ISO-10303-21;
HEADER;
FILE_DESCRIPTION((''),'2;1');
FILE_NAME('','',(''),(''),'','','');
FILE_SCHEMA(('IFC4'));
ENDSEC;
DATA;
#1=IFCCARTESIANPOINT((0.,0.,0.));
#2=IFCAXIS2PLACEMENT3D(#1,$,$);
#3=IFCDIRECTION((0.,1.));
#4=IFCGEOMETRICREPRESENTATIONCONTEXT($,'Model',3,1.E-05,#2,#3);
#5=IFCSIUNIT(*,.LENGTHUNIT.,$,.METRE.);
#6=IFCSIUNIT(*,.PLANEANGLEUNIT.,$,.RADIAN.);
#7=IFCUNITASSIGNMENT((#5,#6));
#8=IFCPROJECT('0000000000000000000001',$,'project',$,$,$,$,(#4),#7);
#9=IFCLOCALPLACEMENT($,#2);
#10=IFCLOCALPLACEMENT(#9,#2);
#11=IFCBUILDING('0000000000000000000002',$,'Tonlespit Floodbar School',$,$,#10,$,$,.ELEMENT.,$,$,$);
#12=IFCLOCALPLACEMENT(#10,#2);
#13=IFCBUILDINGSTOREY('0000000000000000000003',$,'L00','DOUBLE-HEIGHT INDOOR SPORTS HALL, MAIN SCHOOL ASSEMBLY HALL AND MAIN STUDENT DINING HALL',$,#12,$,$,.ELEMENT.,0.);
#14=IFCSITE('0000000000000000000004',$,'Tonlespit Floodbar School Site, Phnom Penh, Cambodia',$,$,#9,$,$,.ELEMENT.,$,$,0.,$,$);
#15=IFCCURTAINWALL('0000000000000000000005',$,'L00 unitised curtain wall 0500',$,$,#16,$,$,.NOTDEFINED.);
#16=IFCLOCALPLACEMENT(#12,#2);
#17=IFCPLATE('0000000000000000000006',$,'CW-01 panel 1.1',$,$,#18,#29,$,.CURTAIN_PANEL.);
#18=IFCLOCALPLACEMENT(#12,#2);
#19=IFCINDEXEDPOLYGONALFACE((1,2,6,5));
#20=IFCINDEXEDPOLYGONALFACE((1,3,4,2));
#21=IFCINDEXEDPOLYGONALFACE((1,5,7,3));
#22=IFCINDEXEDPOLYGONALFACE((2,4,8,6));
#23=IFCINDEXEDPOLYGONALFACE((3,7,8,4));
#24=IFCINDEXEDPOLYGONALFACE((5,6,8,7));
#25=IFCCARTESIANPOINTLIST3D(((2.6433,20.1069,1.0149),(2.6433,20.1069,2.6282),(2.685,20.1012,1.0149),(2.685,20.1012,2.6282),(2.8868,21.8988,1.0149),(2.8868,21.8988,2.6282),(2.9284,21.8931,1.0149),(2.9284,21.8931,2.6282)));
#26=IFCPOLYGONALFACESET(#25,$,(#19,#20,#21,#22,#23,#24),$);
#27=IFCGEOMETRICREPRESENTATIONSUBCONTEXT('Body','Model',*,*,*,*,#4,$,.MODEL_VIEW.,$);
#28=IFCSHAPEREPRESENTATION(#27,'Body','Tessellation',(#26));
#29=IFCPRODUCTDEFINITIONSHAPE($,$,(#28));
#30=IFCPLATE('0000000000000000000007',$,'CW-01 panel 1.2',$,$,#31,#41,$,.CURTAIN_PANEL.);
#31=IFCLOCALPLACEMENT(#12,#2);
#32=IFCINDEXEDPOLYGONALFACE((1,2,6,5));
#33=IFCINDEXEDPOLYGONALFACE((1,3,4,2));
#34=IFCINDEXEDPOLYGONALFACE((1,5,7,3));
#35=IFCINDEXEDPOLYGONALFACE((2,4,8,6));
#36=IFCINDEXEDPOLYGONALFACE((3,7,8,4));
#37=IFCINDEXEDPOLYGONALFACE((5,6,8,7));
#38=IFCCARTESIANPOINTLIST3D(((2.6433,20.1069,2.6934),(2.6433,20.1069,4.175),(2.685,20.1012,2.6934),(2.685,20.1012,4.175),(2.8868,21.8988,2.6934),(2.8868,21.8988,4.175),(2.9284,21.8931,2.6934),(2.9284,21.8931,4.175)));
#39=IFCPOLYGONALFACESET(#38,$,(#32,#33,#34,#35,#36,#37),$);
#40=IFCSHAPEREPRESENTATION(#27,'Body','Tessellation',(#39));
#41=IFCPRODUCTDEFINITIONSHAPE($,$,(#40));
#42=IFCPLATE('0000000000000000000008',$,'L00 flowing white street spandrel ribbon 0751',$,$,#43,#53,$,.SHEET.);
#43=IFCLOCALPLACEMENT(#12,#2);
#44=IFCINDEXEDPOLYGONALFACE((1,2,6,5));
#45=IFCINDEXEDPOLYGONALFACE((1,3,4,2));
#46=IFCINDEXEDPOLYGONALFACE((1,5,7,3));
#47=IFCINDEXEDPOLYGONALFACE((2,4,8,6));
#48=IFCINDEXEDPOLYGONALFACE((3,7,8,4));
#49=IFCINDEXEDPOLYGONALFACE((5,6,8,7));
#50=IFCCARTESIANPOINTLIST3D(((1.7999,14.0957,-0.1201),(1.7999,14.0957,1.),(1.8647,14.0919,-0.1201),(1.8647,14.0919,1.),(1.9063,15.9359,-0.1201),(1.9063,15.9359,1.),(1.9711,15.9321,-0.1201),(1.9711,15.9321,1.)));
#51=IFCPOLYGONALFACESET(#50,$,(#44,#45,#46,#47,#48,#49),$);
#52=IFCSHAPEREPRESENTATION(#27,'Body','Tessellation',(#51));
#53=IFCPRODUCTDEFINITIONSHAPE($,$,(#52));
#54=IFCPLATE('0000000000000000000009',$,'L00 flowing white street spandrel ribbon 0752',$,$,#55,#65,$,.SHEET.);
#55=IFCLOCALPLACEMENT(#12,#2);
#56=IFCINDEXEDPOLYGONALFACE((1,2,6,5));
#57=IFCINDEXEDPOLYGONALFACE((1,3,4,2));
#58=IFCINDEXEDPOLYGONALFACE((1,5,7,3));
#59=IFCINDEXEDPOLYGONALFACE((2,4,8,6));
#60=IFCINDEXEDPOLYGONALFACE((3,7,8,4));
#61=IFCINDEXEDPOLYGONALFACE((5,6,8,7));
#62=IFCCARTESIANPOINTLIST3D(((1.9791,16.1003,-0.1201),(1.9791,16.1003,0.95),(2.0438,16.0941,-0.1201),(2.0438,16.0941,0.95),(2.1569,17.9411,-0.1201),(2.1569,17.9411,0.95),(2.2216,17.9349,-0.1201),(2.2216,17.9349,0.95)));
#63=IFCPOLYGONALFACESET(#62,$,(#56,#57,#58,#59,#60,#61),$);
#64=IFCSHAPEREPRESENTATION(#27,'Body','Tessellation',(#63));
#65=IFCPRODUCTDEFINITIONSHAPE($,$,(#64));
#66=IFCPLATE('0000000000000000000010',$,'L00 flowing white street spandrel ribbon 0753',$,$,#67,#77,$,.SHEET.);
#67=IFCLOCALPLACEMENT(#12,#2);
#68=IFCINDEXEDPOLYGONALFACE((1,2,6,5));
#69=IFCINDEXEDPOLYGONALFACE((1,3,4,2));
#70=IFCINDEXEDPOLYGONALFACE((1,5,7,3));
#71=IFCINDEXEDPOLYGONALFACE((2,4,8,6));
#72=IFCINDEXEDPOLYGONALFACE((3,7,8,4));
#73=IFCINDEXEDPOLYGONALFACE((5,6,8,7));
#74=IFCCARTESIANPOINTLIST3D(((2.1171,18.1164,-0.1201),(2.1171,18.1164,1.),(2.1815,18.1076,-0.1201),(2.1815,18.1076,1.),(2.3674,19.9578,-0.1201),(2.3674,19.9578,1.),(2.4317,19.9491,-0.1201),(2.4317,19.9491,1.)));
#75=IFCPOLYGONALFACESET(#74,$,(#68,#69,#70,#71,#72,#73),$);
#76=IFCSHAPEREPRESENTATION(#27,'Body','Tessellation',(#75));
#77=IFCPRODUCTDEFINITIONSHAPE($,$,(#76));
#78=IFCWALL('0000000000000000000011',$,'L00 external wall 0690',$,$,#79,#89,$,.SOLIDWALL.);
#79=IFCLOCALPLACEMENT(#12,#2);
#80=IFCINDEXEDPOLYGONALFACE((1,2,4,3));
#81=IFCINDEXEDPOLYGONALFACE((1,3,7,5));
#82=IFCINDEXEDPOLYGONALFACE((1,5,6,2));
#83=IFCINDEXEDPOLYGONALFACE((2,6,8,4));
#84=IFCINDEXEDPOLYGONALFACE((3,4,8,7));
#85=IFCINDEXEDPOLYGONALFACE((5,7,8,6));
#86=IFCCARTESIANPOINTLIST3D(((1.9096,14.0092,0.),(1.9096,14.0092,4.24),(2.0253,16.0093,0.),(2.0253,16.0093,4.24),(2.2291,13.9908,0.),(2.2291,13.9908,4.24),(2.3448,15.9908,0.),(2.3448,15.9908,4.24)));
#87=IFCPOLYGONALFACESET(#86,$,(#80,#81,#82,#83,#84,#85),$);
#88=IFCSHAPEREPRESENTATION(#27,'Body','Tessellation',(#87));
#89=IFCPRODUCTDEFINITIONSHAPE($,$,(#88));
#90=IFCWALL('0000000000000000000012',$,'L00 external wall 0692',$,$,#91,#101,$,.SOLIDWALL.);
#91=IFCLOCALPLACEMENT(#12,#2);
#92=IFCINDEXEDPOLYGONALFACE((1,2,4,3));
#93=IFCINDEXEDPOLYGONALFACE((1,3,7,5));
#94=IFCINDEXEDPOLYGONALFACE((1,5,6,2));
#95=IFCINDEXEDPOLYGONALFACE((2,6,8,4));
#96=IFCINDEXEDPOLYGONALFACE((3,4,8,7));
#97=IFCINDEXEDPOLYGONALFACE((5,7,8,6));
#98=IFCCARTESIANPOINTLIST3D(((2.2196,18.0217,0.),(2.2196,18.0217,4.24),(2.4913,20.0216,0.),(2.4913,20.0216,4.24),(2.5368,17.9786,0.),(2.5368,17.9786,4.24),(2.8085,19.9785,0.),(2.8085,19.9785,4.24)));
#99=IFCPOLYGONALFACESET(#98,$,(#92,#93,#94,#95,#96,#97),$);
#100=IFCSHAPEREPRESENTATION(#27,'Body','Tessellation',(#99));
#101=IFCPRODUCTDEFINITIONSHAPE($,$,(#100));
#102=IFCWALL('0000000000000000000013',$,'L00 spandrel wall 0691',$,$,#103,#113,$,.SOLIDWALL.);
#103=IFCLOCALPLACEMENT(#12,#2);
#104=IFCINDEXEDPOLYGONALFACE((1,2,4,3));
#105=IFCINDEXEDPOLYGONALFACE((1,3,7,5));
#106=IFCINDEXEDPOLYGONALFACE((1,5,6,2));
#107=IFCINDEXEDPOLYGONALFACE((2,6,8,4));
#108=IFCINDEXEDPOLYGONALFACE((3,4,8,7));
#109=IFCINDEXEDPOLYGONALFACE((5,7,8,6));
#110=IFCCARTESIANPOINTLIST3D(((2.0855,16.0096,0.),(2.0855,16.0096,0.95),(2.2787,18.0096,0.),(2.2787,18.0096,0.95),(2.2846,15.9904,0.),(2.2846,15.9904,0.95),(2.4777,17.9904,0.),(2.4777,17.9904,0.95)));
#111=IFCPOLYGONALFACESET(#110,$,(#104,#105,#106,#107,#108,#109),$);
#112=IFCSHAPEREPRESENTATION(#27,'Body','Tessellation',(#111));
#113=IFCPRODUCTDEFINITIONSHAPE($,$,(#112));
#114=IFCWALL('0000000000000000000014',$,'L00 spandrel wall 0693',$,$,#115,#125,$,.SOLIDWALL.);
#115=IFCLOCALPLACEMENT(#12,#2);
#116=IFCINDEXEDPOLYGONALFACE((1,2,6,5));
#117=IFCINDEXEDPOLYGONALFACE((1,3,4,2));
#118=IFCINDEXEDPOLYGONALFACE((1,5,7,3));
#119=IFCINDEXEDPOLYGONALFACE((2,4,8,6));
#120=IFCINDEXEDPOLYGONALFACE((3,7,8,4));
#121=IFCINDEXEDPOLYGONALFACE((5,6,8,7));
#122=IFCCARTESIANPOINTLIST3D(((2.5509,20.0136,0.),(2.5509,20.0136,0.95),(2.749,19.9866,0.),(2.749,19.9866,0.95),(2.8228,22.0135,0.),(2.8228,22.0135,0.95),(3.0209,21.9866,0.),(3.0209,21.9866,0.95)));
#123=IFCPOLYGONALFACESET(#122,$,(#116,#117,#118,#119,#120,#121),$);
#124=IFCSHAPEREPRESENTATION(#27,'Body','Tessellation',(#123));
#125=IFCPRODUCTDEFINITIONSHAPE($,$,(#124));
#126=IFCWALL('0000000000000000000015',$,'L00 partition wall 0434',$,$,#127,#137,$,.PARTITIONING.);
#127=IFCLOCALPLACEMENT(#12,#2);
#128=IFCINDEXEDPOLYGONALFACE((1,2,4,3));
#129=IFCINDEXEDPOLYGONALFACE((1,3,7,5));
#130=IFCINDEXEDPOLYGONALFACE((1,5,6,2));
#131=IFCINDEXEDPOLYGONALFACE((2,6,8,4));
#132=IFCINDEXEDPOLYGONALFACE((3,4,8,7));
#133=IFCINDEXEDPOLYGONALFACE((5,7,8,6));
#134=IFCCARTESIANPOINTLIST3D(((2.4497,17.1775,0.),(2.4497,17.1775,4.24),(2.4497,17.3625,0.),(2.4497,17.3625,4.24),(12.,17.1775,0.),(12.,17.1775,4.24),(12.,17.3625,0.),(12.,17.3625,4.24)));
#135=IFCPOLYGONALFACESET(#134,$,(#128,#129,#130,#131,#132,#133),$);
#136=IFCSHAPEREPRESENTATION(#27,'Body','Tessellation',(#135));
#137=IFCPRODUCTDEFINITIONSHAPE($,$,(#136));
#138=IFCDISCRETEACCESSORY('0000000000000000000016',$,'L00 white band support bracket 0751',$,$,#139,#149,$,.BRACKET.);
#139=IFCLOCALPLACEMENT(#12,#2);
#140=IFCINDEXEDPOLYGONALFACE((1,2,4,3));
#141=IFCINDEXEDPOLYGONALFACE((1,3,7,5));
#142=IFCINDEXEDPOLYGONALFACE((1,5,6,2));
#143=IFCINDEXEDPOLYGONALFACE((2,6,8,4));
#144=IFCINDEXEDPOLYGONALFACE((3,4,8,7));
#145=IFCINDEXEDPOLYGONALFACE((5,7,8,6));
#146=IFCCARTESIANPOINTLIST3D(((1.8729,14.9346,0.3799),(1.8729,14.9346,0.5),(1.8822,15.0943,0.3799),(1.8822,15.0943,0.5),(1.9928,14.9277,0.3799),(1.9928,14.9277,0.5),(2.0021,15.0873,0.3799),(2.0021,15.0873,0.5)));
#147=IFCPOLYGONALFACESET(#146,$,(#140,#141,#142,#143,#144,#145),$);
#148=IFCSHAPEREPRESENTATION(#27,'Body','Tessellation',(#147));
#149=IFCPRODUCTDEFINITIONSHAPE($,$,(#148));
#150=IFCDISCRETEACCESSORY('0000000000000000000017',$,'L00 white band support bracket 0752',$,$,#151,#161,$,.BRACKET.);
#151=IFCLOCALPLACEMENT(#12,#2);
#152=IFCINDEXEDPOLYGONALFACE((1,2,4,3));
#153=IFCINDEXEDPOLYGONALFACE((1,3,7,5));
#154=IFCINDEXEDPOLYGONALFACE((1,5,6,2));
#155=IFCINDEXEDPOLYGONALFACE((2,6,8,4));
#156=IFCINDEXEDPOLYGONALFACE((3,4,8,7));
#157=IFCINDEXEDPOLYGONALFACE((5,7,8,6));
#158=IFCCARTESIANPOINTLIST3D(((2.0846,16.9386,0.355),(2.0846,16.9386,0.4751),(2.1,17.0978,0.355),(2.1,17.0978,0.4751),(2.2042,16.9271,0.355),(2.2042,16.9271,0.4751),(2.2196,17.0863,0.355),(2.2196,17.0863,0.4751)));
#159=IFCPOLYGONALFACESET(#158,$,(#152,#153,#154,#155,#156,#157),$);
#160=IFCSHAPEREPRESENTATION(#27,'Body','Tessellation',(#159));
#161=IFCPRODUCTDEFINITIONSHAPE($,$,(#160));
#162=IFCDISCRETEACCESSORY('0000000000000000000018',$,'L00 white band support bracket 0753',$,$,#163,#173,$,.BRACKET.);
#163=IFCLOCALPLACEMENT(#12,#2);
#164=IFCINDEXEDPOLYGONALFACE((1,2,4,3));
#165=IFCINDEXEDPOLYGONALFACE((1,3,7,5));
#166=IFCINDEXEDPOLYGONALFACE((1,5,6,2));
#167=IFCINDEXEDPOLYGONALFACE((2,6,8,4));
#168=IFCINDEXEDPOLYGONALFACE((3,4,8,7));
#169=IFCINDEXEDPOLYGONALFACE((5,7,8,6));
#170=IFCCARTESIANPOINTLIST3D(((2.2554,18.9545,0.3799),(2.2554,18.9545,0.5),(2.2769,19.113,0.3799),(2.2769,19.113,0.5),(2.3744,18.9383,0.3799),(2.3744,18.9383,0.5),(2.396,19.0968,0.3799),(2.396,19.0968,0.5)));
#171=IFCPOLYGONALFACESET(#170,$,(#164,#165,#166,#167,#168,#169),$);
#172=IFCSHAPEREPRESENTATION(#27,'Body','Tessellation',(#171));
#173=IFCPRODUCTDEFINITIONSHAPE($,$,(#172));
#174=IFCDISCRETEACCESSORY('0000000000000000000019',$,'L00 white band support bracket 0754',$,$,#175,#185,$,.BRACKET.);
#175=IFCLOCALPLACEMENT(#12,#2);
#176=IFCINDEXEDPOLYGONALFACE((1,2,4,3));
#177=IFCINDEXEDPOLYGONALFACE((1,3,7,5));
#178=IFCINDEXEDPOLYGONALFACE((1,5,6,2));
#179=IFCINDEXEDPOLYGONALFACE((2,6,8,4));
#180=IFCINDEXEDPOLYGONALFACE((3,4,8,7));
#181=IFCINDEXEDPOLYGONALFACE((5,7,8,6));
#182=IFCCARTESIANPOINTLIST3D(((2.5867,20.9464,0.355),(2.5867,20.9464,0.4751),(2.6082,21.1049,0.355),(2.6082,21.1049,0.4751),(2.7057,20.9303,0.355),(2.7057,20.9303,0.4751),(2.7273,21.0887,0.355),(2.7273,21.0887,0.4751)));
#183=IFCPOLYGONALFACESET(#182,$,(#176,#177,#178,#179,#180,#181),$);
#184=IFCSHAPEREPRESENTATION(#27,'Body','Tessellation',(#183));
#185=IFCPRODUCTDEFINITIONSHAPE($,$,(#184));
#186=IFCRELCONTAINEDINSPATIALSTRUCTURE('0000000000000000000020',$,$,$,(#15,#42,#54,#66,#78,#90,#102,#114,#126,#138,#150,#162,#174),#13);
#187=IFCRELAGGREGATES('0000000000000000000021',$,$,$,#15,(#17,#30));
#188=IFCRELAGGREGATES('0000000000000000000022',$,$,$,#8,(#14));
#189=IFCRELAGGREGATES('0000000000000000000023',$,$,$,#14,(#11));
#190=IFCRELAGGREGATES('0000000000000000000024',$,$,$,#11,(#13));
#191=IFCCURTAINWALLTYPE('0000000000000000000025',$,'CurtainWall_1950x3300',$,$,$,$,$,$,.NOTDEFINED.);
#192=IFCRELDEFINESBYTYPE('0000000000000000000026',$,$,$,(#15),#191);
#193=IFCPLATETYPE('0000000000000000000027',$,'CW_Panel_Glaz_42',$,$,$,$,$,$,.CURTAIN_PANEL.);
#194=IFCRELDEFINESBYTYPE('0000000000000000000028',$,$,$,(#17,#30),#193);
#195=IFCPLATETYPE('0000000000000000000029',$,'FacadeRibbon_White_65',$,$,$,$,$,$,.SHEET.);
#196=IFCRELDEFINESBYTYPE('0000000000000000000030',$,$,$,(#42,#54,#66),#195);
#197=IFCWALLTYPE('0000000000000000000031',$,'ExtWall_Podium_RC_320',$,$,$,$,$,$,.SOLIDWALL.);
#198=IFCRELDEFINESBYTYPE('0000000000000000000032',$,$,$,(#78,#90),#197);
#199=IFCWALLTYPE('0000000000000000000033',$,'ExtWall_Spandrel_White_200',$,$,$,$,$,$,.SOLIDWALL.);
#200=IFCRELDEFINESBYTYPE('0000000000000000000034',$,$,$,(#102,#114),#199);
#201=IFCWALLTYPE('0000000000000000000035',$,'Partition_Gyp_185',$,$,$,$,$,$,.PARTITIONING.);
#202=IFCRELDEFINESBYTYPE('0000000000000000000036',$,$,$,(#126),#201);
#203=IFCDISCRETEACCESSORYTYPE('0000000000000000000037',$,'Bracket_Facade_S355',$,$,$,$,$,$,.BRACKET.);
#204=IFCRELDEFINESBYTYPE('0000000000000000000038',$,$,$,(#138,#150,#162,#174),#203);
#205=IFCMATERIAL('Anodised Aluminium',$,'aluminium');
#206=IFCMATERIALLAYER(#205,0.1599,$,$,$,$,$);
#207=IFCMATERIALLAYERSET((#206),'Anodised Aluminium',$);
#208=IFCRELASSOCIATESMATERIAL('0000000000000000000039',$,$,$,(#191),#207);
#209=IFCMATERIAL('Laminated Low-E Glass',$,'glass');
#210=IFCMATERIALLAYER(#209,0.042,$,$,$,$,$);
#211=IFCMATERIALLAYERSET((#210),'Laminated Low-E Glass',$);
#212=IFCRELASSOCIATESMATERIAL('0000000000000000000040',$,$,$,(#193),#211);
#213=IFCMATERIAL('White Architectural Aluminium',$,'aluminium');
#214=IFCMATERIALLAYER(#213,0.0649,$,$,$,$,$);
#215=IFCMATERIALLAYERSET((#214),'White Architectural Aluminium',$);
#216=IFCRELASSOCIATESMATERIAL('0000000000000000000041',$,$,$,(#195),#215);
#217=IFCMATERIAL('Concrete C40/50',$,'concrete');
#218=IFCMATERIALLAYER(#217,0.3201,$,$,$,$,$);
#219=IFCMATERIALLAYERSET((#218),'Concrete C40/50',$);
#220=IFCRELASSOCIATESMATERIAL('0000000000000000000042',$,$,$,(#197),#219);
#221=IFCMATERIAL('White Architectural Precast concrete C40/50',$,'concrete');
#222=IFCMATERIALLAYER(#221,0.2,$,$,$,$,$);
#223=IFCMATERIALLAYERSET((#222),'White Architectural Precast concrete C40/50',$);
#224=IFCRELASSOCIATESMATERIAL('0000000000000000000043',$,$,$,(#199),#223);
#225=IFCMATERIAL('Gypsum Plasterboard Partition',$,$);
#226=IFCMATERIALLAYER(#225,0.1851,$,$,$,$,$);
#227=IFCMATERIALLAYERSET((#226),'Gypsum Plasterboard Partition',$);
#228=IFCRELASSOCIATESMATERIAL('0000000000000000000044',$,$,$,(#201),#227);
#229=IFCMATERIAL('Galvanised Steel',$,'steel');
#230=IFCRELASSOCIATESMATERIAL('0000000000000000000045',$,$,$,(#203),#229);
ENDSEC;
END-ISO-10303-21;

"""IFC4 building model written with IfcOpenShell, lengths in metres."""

from ifc_helpers import new_model, si_unit, direction, frame, frame_2d, origin, origin_2d, place, context, subcontext, project, spatial, rectangle, extrude, material, layer, layer_set, type_object, element, aggregate, save


model = new_model("IFC4")

# Units and contexts
model_context = context("Model", 3, precision=1e-05, world=origin(), true_north=direction((0.0, 1.0)))
body_context = subcontext(model_context, "Body", "Model", "MODEL_VIEW")
ifc_project = project(units=[si_unit("LENGTHUNIT", "METRE"), si_unit("PLANEANGLEUNIT", "RADIAN")], contexts=[model_context])

# Site, building, storey
site_placement = place(None, origin())
site = spatial("IfcSite", under=ifc_project, at=site_placement, Name="Tonlespit Floodbar School Site, Phnom Penh, Cambodia", CompositionType="ELEMENT", RefElevation=0.0)
building_placement = place(site_placement, origin())
building = spatial("IfcBuilding", under=site, at=building_placement, Name="Tonlespit Floodbar School", CompositionType="ELEMENT")
storey_placement = place(building_placement, origin())
storey = spatial("IfcBuildingStorey", under=building, at=storey_placement, Name="L00", Description="DOUBLE-HEIGHT INDOOR SPORTS HALL, MAIN SCHOOL ASSEMBLY HALL AND MAIN STUDENT DINING HALL", CompositionType="ELEMENT", Elevation=0.0)

# Shared definitions
ifc_material_1 = material(Name="Concrete C40/50", Category="concrete")

# Curtain wall
ifc_material_2 = material(Name="Anodised Aluminium", Category="aluminium")
ifc_layer_1 = layer(ifc_material_2, 0.1599)
ifc_layer_set_1 = layer_set([ifc_layer_1], Name="Anodised Aluminium")
curtain_wall_type_1 = type_object("IfcCurtainWallType", Name="CurtainWall_1950x3300", PredefinedType="NOTDEFINED", material=ifc_layer_set_1)
curtain_wall_1_placement = place(storey_placement, origin())
curtain_wall_1 = element("IfcCurtainWall", 1, at=curtain_wall_1_placement, inside=storey, type_object=curtain_wall_type_1, Name="L00 unitised curtain wall 0500", PredefinedType="NOTDEFINED")

# Plates
ifc_material_3 = material(Name="Laminated Low-E Glass", Category="glass")
ifc_layer_2 = layer(ifc_material_3, 0.042)
ifc_layer_set_2 = layer_set([ifc_layer_2], Name="Laminated Low-E Glass")
plate_type_1 = type_object("IfcPlateType", Name="CW_Panel_Glaz_42", PredefinedType="CURTAIN_PANEL", material=ifc_layer_set_2)
plate_1_placement = place(storey_placement, frame((2.7859, 21.0, 1.0149), z_axis=(0.0, 0.0, 1.0), x_axis=(0.134644, 0.990894, 0.0)))
plate_1 = element("IfcPlate", 2, at=plate_1_placement, type_object=plate_type_1, Name="CW-01 panel 1.1", PredefinedType="CURTAIN_PANEL", context=body_context, shape_type="SweptSolid", body=[
    extrude(rectangle(XDim=1.8083, YDim=0.042, at=origin_2d()), origin(), (0.0, 0.0, 1.0), 1.6133),
])
plate_2_placement = place(storey_placement, frame((2.7859, 21.0, 2.6934), z_axis=(0.0, 0.0, 1.0), x_axis=(0.134644, 0.990894, 0.0)))
plate_2 = element("IfcPlate", 3, at=plate_2_placement, type_object=plate_type_1, Name="CW-01 panel 1.2", PredefinedType="CURTAIN_PANEL", context=body_context, shape_type="SweptSolid", body=[
    extrude(rectangle(XDim=1.8083, YDim=0.042, at=origin_2d()), origin(), (0.0, 0.0, 1.0), 1.4817),
])
aggregate(curtain_wall_1, [plate_1, plate_2])

# Plates
ifc_material_4 = material(Name="White Architectural Aluminium", Category="aluminium")
ifc_layer_3 = layer(ifc_material_4, 0.0649)
ifc_layer_set_3 = layer_set([ifc_layer_3], Name="White Architectural Aluminium")
plate_type_2 = type_object("IfcPlateType", Name="FacadeRibbon_White_65", PredefinedType="SHEET", material=ifc_layer_set_3)
plate_3_placement = place(storey_placement, frame((1.8855, 15.0139, -0.1201), z_axis=(0.0, 0.0, 1.0), x_axis=(0.057703, 0.998334, 0.0)))
element("IfcPlate", 4, at=plate_3_placement, inside=storey, type_object=plate_type_2, Name="L00 flowing white street spandrel ribbon 0751", PredefinedType="SHEET", context=body_context, shape_type="SweptSolid", body=[
    extrude(rectangle(XDim=1.8433, YDim=0.0649, at=origin_2d()), origin(), (0.0, 0.0, 1.0), 1.1201),
])
plate_4_placement = place(storey_placement, frame((2.1003, 17.0176, -0.1201), z_axis=(0.0, 0.0, 1.0), x_axis=(0.096153, 0.995367, 0.0)))
element("IfcPlate", 5, at=plate_4_placement, inside=storey, type_object=plate_type_2, Name="L00 flowing white street spandrel ribbon 0752", PredefinedType="SHEET", context=body_context, shape_type="SweptSolid", body=[
    extrude(rectangle(XDim=1.8494, YDim=0.0649, at=origin_2d()), origin(), (0.0, 0.0, 1.0), 1.0701),
])
plate_5_placement = place(storey_placement, frame((2.2744, 19.0327, -0.1201), z_axis=(0.0, 0.0, 1.0), x_axis=(0.134662, 0.990892, 0.0)))
element("IfcPlate", 6, at=plate_5_placement, inside=storey, type_object=plate_type_2, Name="L00 flowing white street spandrel ribbon 0753", PredefinedType="SHEET", context=body_context, shape_type="SweptSolid", body=[
    extrude(rectangle(XDim=1.8584, YDim=0.0649, at=origin_2d()), origin(), (0.0, 0.0, 1.0), 1.1201),
])

# Walls
ifc_layer_4 = layer(ifc_material_1, 0.3201)
ifc_layer_set_4 = layer_set([ifc_layer_4], Name="Concrete C40/50")
wall_type_1 = type_object("IfcWallType", Name="ExtWall_Podium_RC_320", PredefinedType="SOLIDWALL", material=ifc_layer_set_4)
wall_1_placement = place(storey_placement, frame((2.0693, 14.0, 0.0), z_axis=(0.0, 0.0, 1.0), x_axis=(0.057765, 0.99833, 0.0)))
element("IfcWall", 7, at=wall_1_placement, inside=storey, type_object=wall_type_1, Name="L00 external wall 0690", PredefinedType="SOLIDWALL", context=body_context, shape_type="SweptSolid", body=[
    extrude(rectangle(XDim=2.0034, YDim=0.3201, at=frame_2d((1.0017, 0.0))), origin(), (0.0, 0.0, 1.0), 4.24),
])
wall_2_placement = place(storey_placement, frame((2.3782, 18.0, 0.0), z_axis=(0.0, 0.0, 1.0), x_axis=(0.134627, 0.990896, 0.0)))
element("IfcWall", 8, at=wall_2_placement, inside=storey, type_object=wall_type_1, Name="L00 external wall 0692", PredefinedType="SOLIDWALL", context=body_context, shape_type="SweptSolid", body=[
    extrude(rectangle(XDim=2.0183, YDim=0.3201, at=frame_2d((1.0093, 0.0))), origin(), (0.0, 0.0, 1.0), 4.24),
])
ifc_material_5 = material(Name="White Architectural Precast concrete C40/50", Category="concrete")
ifc_layer_5 = layer(ifc_material_5, 0.2)
ifc_layer_set_5 = layer_set([ifc_layer_5], Name="White Architectural Precast concrete C40/50")
wall_type_2 = type_object("IfcWallType", Name="ExtWall_Spandrel_White_200", PredefinedType="SOLIDWALL", material=ifc_layer_set_5)
wall_3_placement = place(storey_placement, frame((2.1851, 16.0, 0.0), z_axis=(0.0, 0.0, 1.0), x_axis=(0.096111, 0.995371, 0.0)))
element("IfcWall", 9, at=wall_3_placement, inside=storey, type_object=wall_type_2, Name="L00 spandrel wall 0691", PredefinedType="SOLIDWALL", context=body_context, shape_type="SweptSolid", body=[
    extrude(rectangle(XDim=2.0093, YDim=0.2, at=frame_2d((1.0046, 0.0))), origin(), (0.0, 0.0, 1.0), 0.95),
])
wall_4_placement = place(storey_placement, frame((2.6499, 20.0, 0.0), z_axis=(0.0, 0.0, 1.0), x_axis=(0.134746, 0.99088, 0.0)))
element("IfcWall", 10, at=wall_4_placement, inside=storey, type_object=wall_type_2, Name="L00 spandrel wall 0693", PredefinedType="SOLIDWALL", context=body_context, shape_type="SweptSolid", body=[
    extrude(rectangle(XDim=2.0183, YDim=0.2, at=frame_2d((1.0093, 0.0))), origin(), (0.0, 0.0, 1.0), 0.95),
])
ifc_material_6 = material(Name="Gypsum Plasterboard Partition")
ifc_layer_6 = layer(ifc_material_6, 0.1851)
ifc_layer_set_6 = layer_set([ifc_layer_6], Name="Gypsum Plasterboard Partition")
wall_type_3 = type_object("IfcWallType", Name="Partition_Gyp_185", PredefinedType="PARTITIONING", material=ifc_layer_set_6)
wall_5_placement = place(storey_placement, frame((2.4497, 17.27, 0.0), z_axis=(0.0, 0.0, 1.0), x_axis=(1.0, 0.0, 0.0)))
element("IfcWall", 11, at=wall_5_placement, inside=storey, type_object=wall_type_3, Name="L00 partition wall 0434", PredefinedType="PARTITIONING", context=body_context, shape_type="SweptSolid", body=[
    extrude(rectangle(XDim=9.5503, YDim=0.1851, at=frame_2d((4.7751, 0.0))), origin(), (0.0, 0.0, 1.0), 4.24),
])

# Discrete accessories
ifc_material_7 = material(Name="Galvanised Steel", Category="steel")
discrete_accessory_type = type_object("IfcDiscreteAccessoryType", Name="Bracket_Facade_S355", PredefinedType="BRACKET", material=ifc_material_7)
for number, where, z_axis, x_axis, name in (
    (12, (1.9375, 15.011, 0.3799), (0.0, 0.0, 1.0), (0.057703, 0.998334, 0.0), "L00 white band support bracket 0751"),
    (13, (2.1521, 17.0125, 0.355), (0.0, 0.0, 1.0), (0.096153, 0.995367, 0.0), "L00 white band support bracket 0752"),
    (14, (2.3257, 19.0256, 0.3799), (0.0, 0.0, 1.0), (0.134662, 0.990892, 0.0), "L00 white band support bracket 0753"),
    (15, (2.657, 21.0176, 0.355), (0.0, 0.0, 1.0), (0.134662, 0.990892, 0.0), "L00 white band support bracket 0754"),
):
    element("IfcDiscreteAccessory", number, at=place(storey_placement, frame(where, z_axis=z_axis, x_axis=x_axis)), inside=storey, type_object=discrete_accessory_type, Name=name, PredefinedType="BRACKET", context=body_context, shape_type="SweptSolid", body=[
        extrude(rectangle(XDim=0.1599, YDim=0.1201, at=origin_2d()), origin(), (0.0, 0.0, 1.0), 0.1201),
    ])

save(model, "model.ifc")
